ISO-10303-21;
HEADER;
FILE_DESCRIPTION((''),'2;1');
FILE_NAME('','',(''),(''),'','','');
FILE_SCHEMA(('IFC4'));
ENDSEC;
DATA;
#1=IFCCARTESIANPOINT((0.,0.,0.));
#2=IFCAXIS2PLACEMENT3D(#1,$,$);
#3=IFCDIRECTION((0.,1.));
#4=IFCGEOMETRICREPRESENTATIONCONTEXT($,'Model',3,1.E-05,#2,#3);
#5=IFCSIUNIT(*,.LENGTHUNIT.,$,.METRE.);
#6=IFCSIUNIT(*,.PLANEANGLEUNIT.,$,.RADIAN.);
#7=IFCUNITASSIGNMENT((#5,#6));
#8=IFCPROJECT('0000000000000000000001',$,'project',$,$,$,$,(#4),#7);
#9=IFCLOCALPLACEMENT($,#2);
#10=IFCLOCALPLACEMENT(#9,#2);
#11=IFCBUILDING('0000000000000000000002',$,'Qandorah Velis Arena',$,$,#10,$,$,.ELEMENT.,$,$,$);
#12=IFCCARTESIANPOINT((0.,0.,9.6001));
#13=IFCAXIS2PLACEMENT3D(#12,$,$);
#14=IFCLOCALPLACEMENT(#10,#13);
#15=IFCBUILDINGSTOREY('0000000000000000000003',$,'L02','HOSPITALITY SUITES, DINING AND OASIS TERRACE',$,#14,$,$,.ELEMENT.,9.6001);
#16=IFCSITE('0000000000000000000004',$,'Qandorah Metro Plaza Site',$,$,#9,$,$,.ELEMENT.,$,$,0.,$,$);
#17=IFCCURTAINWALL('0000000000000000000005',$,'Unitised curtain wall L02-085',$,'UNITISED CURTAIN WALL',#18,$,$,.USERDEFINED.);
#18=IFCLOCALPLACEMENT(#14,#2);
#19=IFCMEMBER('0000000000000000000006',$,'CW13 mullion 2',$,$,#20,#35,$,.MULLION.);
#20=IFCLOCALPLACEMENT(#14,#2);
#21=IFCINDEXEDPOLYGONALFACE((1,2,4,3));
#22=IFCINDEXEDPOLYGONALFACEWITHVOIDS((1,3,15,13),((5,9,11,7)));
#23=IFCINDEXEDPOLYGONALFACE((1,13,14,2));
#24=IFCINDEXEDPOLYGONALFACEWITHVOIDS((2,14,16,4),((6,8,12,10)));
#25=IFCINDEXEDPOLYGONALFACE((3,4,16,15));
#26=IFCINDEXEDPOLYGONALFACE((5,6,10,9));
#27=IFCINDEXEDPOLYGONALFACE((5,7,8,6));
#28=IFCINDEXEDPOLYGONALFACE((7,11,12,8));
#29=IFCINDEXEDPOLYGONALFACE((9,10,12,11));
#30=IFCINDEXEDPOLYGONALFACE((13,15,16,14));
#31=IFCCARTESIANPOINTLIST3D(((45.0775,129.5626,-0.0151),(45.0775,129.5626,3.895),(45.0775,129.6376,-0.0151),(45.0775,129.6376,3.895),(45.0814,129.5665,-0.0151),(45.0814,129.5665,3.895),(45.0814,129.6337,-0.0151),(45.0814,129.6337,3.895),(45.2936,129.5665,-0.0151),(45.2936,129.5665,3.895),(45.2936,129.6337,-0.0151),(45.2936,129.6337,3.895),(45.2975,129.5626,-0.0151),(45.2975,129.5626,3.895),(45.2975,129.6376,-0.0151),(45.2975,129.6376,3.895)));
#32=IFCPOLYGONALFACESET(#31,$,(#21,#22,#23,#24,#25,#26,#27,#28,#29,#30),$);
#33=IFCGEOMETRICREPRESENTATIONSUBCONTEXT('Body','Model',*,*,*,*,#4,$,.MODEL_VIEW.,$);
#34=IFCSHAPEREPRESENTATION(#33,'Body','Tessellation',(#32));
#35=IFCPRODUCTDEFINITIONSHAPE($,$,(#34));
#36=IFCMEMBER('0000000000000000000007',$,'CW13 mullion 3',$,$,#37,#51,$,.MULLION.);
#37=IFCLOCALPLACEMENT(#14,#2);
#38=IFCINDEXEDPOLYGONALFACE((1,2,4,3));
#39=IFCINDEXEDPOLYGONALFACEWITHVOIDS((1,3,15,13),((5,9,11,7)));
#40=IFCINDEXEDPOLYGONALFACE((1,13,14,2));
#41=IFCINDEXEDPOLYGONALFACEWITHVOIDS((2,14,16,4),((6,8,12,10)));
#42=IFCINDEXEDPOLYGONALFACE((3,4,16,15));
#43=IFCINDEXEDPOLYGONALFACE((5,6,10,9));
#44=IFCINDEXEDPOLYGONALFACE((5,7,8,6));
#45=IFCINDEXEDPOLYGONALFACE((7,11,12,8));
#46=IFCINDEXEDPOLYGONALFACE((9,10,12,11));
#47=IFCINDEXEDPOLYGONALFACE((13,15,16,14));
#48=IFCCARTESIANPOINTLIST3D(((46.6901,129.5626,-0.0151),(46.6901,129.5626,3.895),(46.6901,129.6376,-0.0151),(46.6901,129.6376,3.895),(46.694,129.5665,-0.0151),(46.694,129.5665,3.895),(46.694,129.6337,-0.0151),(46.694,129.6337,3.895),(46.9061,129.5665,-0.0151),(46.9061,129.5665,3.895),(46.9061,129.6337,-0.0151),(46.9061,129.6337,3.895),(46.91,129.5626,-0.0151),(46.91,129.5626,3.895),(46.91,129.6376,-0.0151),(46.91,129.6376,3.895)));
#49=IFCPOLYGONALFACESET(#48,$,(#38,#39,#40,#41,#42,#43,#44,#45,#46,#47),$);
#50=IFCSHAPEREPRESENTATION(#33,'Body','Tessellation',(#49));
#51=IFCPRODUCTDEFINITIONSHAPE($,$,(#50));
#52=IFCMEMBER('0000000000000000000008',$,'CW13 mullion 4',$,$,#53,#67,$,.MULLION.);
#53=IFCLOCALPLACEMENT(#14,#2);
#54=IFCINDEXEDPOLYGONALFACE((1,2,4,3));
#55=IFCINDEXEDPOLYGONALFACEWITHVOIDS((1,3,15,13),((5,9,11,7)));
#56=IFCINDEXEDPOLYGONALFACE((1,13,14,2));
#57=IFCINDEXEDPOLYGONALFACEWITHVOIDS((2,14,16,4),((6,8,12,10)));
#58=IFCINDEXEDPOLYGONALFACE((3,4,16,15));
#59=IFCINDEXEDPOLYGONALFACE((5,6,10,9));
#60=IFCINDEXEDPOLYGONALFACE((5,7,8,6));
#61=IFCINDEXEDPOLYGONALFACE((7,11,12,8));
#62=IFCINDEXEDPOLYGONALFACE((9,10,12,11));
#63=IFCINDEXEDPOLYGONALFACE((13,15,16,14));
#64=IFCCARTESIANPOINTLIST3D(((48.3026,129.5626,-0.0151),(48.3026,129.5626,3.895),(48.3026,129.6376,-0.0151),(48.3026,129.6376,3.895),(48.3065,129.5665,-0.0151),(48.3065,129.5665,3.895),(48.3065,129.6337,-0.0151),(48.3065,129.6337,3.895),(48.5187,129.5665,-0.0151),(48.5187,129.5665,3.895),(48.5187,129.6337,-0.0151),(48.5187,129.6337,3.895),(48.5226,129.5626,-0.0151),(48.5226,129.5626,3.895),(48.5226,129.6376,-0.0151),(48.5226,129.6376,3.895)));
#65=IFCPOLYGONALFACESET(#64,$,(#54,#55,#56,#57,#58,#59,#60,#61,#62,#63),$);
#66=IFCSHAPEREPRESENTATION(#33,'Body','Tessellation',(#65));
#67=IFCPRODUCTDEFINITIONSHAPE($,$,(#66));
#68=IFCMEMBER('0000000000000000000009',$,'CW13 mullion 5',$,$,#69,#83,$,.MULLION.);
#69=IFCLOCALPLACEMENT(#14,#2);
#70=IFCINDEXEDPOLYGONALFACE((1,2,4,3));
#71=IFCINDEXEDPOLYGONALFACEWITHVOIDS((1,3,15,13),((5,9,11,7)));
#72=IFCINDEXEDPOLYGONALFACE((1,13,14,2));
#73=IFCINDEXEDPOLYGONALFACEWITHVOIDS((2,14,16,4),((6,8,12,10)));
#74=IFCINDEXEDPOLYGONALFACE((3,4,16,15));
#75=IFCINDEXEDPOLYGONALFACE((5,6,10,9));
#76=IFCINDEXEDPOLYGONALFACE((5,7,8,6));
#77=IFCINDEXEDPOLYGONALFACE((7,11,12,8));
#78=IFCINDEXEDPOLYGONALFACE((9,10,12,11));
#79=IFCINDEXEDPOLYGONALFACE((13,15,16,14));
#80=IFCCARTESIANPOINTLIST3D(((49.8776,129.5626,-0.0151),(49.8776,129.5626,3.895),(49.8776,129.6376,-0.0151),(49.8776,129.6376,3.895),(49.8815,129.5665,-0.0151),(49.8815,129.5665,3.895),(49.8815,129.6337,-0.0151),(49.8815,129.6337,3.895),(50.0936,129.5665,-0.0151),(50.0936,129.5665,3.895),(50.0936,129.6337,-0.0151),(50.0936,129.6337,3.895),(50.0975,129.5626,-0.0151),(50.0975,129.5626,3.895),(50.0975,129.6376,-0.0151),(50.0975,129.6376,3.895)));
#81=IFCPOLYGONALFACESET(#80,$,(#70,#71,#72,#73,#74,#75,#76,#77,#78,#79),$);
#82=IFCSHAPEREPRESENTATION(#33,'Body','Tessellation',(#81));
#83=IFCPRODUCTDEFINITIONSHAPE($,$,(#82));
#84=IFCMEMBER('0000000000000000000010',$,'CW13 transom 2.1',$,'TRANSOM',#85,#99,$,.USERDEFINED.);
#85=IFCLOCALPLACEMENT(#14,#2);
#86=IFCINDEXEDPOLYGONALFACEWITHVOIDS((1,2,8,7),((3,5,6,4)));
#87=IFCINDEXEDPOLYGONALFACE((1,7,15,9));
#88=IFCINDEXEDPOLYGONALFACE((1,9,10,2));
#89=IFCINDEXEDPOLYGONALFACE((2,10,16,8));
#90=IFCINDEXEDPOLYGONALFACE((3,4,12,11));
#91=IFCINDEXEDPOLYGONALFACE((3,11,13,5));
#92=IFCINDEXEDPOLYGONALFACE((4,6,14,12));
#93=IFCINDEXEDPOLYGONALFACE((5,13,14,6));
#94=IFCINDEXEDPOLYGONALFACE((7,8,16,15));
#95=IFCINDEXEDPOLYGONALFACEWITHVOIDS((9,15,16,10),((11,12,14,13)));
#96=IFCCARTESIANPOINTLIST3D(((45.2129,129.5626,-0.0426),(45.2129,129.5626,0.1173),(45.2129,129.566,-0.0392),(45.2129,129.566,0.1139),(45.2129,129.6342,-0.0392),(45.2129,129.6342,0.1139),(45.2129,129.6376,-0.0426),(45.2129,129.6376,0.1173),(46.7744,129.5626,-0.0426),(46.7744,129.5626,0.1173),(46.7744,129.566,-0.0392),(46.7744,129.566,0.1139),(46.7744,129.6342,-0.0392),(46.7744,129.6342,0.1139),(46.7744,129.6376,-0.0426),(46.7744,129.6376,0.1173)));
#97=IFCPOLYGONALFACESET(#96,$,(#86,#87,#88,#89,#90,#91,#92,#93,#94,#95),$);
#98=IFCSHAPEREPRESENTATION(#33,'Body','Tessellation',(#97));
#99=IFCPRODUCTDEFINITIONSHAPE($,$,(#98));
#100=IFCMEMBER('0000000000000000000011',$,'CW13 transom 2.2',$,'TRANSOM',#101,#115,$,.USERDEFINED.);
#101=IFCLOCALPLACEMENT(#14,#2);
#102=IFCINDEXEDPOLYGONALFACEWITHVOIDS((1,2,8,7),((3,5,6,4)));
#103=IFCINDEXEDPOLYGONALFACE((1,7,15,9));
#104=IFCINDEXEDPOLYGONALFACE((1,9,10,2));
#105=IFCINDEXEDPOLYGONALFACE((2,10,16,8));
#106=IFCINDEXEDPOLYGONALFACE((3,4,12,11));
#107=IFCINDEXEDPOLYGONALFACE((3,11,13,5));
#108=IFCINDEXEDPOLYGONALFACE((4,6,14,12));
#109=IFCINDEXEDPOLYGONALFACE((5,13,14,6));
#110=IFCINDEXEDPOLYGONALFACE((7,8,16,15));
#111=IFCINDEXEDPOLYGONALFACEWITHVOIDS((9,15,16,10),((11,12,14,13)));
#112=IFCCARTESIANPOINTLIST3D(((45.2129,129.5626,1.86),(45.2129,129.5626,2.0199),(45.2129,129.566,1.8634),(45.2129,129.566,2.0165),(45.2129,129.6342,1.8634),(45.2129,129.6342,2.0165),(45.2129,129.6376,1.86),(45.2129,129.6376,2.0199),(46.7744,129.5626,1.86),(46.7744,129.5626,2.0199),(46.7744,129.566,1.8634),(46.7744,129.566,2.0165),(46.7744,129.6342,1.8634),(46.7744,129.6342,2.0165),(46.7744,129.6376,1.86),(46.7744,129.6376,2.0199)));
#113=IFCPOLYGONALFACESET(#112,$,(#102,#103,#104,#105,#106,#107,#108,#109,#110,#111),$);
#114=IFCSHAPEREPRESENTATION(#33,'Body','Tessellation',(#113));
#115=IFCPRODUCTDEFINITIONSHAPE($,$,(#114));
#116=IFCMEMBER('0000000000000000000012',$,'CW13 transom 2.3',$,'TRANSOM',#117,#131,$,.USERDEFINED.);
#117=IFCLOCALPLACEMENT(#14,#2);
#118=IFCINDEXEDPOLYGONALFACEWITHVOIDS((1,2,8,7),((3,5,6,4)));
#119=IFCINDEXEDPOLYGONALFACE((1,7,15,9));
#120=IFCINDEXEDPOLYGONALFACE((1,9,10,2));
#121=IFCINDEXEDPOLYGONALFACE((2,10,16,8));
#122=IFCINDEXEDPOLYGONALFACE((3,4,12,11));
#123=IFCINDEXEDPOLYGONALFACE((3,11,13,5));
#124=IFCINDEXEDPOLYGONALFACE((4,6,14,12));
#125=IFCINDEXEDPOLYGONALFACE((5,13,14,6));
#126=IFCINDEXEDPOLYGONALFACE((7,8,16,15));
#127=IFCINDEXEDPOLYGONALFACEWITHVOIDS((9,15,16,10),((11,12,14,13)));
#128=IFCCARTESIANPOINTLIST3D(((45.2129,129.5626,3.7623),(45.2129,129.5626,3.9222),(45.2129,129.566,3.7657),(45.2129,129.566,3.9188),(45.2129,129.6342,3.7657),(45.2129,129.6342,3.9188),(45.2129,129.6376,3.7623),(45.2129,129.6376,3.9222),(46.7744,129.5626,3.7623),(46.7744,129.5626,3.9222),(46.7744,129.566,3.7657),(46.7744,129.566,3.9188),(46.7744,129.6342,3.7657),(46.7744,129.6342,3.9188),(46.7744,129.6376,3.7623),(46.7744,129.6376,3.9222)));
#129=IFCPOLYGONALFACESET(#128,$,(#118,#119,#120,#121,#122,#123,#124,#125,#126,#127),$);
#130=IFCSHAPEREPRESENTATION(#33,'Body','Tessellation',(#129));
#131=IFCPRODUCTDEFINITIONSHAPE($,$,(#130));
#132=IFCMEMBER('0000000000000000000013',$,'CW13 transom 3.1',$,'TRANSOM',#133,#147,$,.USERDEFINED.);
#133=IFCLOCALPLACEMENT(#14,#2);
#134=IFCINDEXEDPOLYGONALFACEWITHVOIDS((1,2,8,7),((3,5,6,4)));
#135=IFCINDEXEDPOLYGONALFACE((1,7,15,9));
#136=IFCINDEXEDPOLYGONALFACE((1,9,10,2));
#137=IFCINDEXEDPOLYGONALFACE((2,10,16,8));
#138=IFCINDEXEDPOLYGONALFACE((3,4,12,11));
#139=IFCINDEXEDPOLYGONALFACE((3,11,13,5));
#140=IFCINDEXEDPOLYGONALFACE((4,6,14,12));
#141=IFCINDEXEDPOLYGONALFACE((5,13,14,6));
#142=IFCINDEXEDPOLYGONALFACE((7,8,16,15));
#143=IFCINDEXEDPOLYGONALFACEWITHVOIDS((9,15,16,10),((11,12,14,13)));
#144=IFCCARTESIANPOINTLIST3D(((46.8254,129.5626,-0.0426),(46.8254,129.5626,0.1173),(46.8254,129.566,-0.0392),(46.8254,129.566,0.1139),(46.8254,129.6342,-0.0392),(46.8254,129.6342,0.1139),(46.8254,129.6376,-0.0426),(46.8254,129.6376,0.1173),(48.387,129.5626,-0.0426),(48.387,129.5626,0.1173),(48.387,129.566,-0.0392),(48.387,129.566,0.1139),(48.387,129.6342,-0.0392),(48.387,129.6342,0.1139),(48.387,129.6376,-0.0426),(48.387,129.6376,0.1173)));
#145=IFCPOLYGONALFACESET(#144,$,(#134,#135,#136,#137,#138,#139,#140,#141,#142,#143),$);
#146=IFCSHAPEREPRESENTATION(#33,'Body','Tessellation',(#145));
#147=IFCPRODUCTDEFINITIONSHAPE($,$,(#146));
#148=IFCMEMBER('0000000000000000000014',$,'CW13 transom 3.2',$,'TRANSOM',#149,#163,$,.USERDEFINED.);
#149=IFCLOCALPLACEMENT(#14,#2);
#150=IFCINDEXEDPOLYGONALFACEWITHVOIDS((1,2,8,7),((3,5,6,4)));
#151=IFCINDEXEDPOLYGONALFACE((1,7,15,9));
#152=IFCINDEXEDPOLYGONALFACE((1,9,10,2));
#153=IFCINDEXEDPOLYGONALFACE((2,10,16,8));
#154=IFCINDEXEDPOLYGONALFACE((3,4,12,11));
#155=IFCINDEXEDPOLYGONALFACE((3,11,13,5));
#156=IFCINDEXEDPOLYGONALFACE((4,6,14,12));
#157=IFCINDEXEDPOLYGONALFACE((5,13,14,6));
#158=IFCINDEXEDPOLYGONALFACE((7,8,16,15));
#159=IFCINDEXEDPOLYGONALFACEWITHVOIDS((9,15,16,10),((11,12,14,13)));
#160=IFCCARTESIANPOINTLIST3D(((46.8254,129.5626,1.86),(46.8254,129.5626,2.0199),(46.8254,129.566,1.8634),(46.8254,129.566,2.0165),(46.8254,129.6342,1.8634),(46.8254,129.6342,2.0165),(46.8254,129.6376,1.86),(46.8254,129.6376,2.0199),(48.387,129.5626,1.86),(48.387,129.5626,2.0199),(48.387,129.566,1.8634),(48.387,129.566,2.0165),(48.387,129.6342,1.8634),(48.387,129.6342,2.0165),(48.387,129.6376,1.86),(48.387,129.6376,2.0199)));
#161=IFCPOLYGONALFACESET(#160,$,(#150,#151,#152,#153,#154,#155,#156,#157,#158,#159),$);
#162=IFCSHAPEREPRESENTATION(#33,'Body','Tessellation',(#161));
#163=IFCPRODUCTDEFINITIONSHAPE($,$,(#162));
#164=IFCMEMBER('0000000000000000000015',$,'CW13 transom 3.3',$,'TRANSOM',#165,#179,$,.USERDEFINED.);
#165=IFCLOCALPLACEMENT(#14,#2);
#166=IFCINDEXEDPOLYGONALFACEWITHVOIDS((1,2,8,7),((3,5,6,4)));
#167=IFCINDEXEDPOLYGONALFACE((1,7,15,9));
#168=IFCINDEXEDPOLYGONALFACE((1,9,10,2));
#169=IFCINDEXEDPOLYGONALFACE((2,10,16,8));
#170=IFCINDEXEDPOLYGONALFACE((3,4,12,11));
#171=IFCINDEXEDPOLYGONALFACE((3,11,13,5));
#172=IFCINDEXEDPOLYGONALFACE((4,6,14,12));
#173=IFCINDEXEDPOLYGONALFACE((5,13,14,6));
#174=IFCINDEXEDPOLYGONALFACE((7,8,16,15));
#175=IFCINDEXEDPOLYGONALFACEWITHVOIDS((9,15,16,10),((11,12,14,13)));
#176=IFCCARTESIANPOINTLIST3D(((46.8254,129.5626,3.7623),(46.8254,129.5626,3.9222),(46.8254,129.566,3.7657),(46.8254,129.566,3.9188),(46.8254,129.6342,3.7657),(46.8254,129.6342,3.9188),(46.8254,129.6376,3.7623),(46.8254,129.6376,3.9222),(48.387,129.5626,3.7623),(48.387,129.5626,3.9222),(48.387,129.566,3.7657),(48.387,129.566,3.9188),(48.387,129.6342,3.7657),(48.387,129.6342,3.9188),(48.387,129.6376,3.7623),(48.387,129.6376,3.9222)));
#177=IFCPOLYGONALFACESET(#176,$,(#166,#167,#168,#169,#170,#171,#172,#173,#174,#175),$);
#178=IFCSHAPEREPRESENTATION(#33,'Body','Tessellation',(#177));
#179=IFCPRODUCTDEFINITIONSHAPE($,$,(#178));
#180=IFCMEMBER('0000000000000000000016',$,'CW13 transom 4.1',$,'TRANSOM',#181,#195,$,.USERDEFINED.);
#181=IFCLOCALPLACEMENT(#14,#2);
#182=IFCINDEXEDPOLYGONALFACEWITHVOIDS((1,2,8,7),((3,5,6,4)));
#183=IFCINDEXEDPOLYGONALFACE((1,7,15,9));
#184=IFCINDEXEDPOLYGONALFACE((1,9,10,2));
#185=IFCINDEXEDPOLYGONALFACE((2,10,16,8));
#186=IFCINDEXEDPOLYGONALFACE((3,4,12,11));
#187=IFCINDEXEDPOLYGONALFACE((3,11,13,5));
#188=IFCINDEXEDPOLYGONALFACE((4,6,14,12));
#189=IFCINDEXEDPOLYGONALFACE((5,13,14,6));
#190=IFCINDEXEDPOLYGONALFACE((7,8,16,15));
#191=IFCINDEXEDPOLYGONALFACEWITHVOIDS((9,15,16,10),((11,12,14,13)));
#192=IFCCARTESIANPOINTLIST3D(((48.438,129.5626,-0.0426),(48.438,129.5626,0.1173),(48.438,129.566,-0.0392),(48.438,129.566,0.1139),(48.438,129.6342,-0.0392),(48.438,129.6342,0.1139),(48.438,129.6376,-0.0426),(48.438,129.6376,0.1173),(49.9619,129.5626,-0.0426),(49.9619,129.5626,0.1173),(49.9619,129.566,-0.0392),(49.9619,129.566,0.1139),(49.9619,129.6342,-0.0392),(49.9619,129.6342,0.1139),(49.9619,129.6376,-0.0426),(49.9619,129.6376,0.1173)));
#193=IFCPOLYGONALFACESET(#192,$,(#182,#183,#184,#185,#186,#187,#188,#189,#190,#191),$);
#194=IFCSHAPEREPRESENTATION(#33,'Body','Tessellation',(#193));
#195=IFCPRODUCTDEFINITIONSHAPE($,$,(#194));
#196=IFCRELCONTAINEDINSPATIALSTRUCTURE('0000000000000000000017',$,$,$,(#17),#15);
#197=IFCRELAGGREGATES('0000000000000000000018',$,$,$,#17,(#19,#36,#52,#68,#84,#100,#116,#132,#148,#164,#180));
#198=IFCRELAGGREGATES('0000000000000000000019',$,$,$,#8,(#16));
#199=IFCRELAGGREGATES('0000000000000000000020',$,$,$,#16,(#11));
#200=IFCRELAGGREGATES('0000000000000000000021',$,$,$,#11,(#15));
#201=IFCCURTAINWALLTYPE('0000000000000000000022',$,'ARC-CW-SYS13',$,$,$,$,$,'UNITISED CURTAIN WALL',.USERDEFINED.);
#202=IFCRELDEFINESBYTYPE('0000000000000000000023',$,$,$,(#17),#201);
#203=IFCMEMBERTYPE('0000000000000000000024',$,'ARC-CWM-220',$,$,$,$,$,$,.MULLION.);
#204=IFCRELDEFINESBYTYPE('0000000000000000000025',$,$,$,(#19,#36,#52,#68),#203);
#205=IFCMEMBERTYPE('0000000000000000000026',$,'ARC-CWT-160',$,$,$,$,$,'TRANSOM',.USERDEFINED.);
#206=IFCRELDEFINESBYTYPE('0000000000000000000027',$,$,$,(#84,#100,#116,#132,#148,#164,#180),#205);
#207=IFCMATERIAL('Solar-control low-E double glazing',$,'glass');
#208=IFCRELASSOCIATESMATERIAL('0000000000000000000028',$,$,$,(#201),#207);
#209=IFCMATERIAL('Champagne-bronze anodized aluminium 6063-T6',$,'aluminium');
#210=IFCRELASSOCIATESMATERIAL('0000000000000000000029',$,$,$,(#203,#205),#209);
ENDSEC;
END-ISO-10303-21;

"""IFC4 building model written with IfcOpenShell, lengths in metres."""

from ifc_helpers import new_model, si_unit, direction, frame, origin, origin_2d, place, context, subcontext, project, spatial, hollow_rectangle, extrude, material, material_profile, profile_set, type_object, element, aggregate, save


model = new_model("IFC4")

# Units and contexts
model_context = context("Model", 3, precision=1e-05, world=origin(), true_north=direction((0.0, 1.0)))
body_context = subcontext(model_context, "Body", "Model", "MODEL_VIEW")
ifc_project = project(units=[si_unit("LENGTHUNIT", "METRE"), si_unit("PLANEANGLEUNIT", "RADIAN")], contexts=[model_context])

# Site, building, storey
site_placement = place(None, origin())
site = spatial("IfcSite", under=ifc_project, at=site_placement, Name="Qandorah Metro Plaza Site", CompositionType="ELEMENT", RefElevation=0.0)
building_placement = place(site_placement, origin())
building = spatial("IfcBuilding", under=site, at=building_placement, Name="Qandorah Velis Arena", CompositionType="ELEMENT")
storey_placement = place(building_placement, frame((0.0, 0.0, 9.6001)))
storey = spatial("IfcBuildingStorey", under=building, at=storey_placement, Name="L02", Description="HOSPITALITY SUITES, DINING AND OASIS TERRACE", CompositionType="ELEMENT", Elevation=9.6001)

# Curtain wall, members
ifc_material_1 = material(Name="Solar-control low-E double glazing", Category="glass")
curtain_wall_type = type_object("IfcCurtainWallType", Name="ARC-CW-SYS13", ElementType="UNITISED CURTAIN WALL", PredefinedType="USERDEFINED", material=ifc_material_1)
curtain_wall_placement = place(storey_placement, origin())
curtain_wall = element("IfcCurtainWall", 1, at=curtain_wall_placement, inside=storey, type_object=curtain_wall_type, Name="Unitised curtain wall L02-085", ObjectType="UNITISED CURTAIN WALL", PredefinedType="USERDEFINED")
ifc_material_2 = material(Name="Champagne-bronze anodized aluminium 6063-T6", Category="aluminium")
ifc_material_profile_1 = material_profile(ifc_material_2, hollow_rectangle(XDim=0.075, YDim=0.22, WallThickness=0.0039, at=origin_2d()), Name="ALU MULLION 75x220")
ifc_profile_set_1 = profile_set([ifc_material_profile_1], Name="Champagne-bronze anodized aluminium 6063-T6")
member_type_1 = type_object("IfcMemberType", Name="ARC-CWM-220", PredefinedType="MULLION", material=ifc_profile_set_1)
member_1_placement = place(storey_placement, frame((45.1875, 129.6001, -0.0151), z_axis=(0.0, 0.0, 1.0), x_axis=(0.0, 1.0, 0.0)))
member_1 = element("IfcMember", 2, at=member_1_placement, type_object=member_type_1, Name="CW13 mullion 2", PredefinedType="MULLION", context=body_context, shape_type="SweptSolid", body=[
    extrude(hollow_rectangle(XDim=0.075, YDim=0.22, WallThickness=0.0039, at=origin_2d()), origin(), (0.0, 0.0, 1.0), 3.9102),
])
member_2_placement = place(storey_placement, frame((46.8, 129.6001, -0.0151), z_axis=(0.0, 0.0, 1.0), x_axis=(0.0, 1.0, 0.0)))
member_2 = element("IfcMember", 3, at=member_2_placement, type_object=member_type_1, Name="CW13 mullion 3", PredefinedType="MULLION", context=body_context, shape_type="SweptSolid", body=[
    extrude(hollow_rectangle(XDim=0.075, YDim=0.22, WallThickness=0.0039, at=origin_2d()), origin(), (0.0, 0.0, 1.0), 3.9102),
])
member_3_placement = place(storey_placement, frame((48.4126, 129.6001, -0.0151), z_axis=(0.0, 0.0, 1.0), x_axis=(0.0, 1.0, 0.0)))
member_3 = element("IfcMember", 4, at=member_3_placement, type_object=member_type_1, Name="CW13 mullion 4", PredefinedType="MULLION", context=body_context, shape_type="SweptSolid", body=[
    extrude(hollow_rectangle(XDim=0.075, YDim=0.22, WallThickness=0.0039, at=origin_2d()), origin(), (0.0, 0.0, 1.0), 3.9102),
])
member_4_placement = place(storey_placement, frame((49.9875, 129.6001, -0.0151), z_axis=(0.0, 0.0, 1.0), x_axis=(0.0, 1.0, 0.0)))
member_4 = element("IfcMember", 5, at=member_4_placement, type_object=member_type_1, Name="CW13 mullion 5", PredefinedType="MULLION", context=body_context, shape_type="SweptSolid", body=[
    extrude(hollow_rectangle(XDim=0.075, YDim=0.22, WallThickness=0.0039, at=origin_2d()), origin(), (0.0, 0.0, 1.0), 3.9102),
])
ifc_material_profile_2 = material_profile(ifc_material_2, hollow_rectangle(XDim=0.075, YDim=0.1599, WallThickness=0.0034, at=origin_2d()), Name="ALU TRANSOM 75x160")
ifc_profile_set_2 = profile_set([ifc_material_profile_2], Name="Champagne-bronze anodized aluminium 6063-T6")
member_type_2 = type_object("IfcMemberType", Name="ARC-CWT-160", ElementType="TRANSOM", PredefinedType="USERDEFINED", material=ifc_profile_set_2)
member_5_placement = place(storey_placement, frame((45.2129, 129.6001, 0.0374), z_axis=(1.0, 0.0, 0.0), x_axis=(0.0, 1.0, 0.0)))
member_5 = element("IfcMember", 6, at=member_5_placement, type_object=member_type_2, Name="CW13 transom 2.1", ObjectType="TRANSOM", PredefinedType="USERDEFINED", context=body_context, shape_type="SweptSolid", body=[
    extrude(hollow_rectangle(XDim=0.075, YDim=0.1599, WallThickness=0.0034, at=origin_2d()), origin(), (0.0, 0.0, 1.0), 1.5615),
])
member_6_placement = place(storey_placement, frame((45.2129, 129.6001, 1.9399), z_axis=(1.0, 0.0, 0.0), x_axis=(0.0, 1.0, 0.0)))
member_6 = element("IfcMember", 7, at=member_6_placement, type_object=member_type_2, Name="CW13 transom 2.2", ObjectType="TRANSOM", PredefinedType="USERDEFINED", context=body_context, shape_type="SweptSolid", body=[
    extrude(hollow_rectangle(XDim=0.075, YDim=0.1599, WallThickness=0.0034, at=origin_2d()), origin(), (0.0, 0.0, 1.0), 1.5615),
])
member_7_placement = place(storey_placement, frame((45.2129, 129.6001, 3.8423), z_axis=(1.0, 0.0, 0.0), x_axis=(0.0, 1.0, 0.0)))
member_7 = element("IfcMember", 8, at=member_7_placement, type_object=member_type_2, Name="CW13 transom 2.3", ObjectType="TRANSOM", PredefinedType="USERDEFINED", context=body_context, shape_type="SweptSolid", body=[
    extrude(hollow_rectangle(XDim=0.075, YDim=0.1599, WallThickness=0.0034, at=origin_2d()), origin(), (0.0, 0.0, 1.0), 1.5615),
])
member_8_placement = place(storey_placement, frame((46.8254, 129.6001, 0.0374), z_axis=(1.0, 0.0, 0.0), x_axis=(0.0, 1.0, 0.0)))
member_8 = element("IfcMember", 9, at=member_8_placement, type_object=member_type_2, Name="CW13 transom 3.1", ObjectType="TRANSOM", PredefinedType="USERDEFINED", context=body_context, shape_type="SweptSolid", body=[
    extrude(hollow_rectangle(XDim=0.075, YDim=0.1599, WallThickness=0.0034, at=origin_2d()), origin(), (0.0, 0.0, 1.0), 1.5615),
])
member_9_placement = place(storey_placement, frame((46.8254, 129.6001, 1.9399), z_axis=(1.0, 0.0, 0.0), x_axis=(0.0, 1.0, 0.0)))
member_9 = element("IfcMember", 10, at=member_9_placement, type_object=member_type_2, Name="CW13 transom 3.2", ObjectType="TRANSOM", PredefinedType="USERDEFINED", context=body_context, shape_type="SweptSolid", body=[
    extrude(hollow_rectangle(XDim=0.075, YDim=0.1599, WallThickness=0.0034, at=origin_2d()), origin(), (0.0, 0.0, 1.0), 1.5615),
])
member_10_placement = place(storey_placement, frame((46.8254, 129.6001, 3.8423), z_axis=(1.0, 0.0, 0.0), x_axis=(0.0, 1.0, 0.0)))
member_10 = element("IfcMember", 11, at=member_10_placement, type_object=member_type_2, Name="CW13 transom 3.3", ObjectType="TRANSOM", PredefinedType="USERDEFINED", context=body_context, shape_type="SweptSolid", body=[
    extrude(hollow_rectangle(XDim=0.075, YDim=0.1599, WallThickness=0.0034, at=origin_2d()), origin(), (0.0, 0.0, 1.0), 1.5615),
])
member_11_placement = place(storey_placement, frame((48.438, 129.6001, 0.0374), z_axis=(1.0, 0.0, 0.0), x_axis=(0.0, 1.0, 0.0)))
member_11 = element("IfcMember", 12, at=member_11_placement, type_object=member_type_2, Name="CW13 transom 4.1", ObjectType="TRANSOM", PredefinedType="USERDEFINED", context=body_context, shape_type="SweptSolid", body=[
    extrude(hollow_rectangle(XDim=0.075, YDim=0.1599, WallThickness=0.0034, at=origin_2d()), origin(), (0.0, 0.0, 1.0), 1.5239),
])
aggregate(curtain_wall, [member_1, member_2, member_3, member_4, member_5, member_6, member_7, member_8, member_9, member_10, member_11])

save(model, "model.ifc")
